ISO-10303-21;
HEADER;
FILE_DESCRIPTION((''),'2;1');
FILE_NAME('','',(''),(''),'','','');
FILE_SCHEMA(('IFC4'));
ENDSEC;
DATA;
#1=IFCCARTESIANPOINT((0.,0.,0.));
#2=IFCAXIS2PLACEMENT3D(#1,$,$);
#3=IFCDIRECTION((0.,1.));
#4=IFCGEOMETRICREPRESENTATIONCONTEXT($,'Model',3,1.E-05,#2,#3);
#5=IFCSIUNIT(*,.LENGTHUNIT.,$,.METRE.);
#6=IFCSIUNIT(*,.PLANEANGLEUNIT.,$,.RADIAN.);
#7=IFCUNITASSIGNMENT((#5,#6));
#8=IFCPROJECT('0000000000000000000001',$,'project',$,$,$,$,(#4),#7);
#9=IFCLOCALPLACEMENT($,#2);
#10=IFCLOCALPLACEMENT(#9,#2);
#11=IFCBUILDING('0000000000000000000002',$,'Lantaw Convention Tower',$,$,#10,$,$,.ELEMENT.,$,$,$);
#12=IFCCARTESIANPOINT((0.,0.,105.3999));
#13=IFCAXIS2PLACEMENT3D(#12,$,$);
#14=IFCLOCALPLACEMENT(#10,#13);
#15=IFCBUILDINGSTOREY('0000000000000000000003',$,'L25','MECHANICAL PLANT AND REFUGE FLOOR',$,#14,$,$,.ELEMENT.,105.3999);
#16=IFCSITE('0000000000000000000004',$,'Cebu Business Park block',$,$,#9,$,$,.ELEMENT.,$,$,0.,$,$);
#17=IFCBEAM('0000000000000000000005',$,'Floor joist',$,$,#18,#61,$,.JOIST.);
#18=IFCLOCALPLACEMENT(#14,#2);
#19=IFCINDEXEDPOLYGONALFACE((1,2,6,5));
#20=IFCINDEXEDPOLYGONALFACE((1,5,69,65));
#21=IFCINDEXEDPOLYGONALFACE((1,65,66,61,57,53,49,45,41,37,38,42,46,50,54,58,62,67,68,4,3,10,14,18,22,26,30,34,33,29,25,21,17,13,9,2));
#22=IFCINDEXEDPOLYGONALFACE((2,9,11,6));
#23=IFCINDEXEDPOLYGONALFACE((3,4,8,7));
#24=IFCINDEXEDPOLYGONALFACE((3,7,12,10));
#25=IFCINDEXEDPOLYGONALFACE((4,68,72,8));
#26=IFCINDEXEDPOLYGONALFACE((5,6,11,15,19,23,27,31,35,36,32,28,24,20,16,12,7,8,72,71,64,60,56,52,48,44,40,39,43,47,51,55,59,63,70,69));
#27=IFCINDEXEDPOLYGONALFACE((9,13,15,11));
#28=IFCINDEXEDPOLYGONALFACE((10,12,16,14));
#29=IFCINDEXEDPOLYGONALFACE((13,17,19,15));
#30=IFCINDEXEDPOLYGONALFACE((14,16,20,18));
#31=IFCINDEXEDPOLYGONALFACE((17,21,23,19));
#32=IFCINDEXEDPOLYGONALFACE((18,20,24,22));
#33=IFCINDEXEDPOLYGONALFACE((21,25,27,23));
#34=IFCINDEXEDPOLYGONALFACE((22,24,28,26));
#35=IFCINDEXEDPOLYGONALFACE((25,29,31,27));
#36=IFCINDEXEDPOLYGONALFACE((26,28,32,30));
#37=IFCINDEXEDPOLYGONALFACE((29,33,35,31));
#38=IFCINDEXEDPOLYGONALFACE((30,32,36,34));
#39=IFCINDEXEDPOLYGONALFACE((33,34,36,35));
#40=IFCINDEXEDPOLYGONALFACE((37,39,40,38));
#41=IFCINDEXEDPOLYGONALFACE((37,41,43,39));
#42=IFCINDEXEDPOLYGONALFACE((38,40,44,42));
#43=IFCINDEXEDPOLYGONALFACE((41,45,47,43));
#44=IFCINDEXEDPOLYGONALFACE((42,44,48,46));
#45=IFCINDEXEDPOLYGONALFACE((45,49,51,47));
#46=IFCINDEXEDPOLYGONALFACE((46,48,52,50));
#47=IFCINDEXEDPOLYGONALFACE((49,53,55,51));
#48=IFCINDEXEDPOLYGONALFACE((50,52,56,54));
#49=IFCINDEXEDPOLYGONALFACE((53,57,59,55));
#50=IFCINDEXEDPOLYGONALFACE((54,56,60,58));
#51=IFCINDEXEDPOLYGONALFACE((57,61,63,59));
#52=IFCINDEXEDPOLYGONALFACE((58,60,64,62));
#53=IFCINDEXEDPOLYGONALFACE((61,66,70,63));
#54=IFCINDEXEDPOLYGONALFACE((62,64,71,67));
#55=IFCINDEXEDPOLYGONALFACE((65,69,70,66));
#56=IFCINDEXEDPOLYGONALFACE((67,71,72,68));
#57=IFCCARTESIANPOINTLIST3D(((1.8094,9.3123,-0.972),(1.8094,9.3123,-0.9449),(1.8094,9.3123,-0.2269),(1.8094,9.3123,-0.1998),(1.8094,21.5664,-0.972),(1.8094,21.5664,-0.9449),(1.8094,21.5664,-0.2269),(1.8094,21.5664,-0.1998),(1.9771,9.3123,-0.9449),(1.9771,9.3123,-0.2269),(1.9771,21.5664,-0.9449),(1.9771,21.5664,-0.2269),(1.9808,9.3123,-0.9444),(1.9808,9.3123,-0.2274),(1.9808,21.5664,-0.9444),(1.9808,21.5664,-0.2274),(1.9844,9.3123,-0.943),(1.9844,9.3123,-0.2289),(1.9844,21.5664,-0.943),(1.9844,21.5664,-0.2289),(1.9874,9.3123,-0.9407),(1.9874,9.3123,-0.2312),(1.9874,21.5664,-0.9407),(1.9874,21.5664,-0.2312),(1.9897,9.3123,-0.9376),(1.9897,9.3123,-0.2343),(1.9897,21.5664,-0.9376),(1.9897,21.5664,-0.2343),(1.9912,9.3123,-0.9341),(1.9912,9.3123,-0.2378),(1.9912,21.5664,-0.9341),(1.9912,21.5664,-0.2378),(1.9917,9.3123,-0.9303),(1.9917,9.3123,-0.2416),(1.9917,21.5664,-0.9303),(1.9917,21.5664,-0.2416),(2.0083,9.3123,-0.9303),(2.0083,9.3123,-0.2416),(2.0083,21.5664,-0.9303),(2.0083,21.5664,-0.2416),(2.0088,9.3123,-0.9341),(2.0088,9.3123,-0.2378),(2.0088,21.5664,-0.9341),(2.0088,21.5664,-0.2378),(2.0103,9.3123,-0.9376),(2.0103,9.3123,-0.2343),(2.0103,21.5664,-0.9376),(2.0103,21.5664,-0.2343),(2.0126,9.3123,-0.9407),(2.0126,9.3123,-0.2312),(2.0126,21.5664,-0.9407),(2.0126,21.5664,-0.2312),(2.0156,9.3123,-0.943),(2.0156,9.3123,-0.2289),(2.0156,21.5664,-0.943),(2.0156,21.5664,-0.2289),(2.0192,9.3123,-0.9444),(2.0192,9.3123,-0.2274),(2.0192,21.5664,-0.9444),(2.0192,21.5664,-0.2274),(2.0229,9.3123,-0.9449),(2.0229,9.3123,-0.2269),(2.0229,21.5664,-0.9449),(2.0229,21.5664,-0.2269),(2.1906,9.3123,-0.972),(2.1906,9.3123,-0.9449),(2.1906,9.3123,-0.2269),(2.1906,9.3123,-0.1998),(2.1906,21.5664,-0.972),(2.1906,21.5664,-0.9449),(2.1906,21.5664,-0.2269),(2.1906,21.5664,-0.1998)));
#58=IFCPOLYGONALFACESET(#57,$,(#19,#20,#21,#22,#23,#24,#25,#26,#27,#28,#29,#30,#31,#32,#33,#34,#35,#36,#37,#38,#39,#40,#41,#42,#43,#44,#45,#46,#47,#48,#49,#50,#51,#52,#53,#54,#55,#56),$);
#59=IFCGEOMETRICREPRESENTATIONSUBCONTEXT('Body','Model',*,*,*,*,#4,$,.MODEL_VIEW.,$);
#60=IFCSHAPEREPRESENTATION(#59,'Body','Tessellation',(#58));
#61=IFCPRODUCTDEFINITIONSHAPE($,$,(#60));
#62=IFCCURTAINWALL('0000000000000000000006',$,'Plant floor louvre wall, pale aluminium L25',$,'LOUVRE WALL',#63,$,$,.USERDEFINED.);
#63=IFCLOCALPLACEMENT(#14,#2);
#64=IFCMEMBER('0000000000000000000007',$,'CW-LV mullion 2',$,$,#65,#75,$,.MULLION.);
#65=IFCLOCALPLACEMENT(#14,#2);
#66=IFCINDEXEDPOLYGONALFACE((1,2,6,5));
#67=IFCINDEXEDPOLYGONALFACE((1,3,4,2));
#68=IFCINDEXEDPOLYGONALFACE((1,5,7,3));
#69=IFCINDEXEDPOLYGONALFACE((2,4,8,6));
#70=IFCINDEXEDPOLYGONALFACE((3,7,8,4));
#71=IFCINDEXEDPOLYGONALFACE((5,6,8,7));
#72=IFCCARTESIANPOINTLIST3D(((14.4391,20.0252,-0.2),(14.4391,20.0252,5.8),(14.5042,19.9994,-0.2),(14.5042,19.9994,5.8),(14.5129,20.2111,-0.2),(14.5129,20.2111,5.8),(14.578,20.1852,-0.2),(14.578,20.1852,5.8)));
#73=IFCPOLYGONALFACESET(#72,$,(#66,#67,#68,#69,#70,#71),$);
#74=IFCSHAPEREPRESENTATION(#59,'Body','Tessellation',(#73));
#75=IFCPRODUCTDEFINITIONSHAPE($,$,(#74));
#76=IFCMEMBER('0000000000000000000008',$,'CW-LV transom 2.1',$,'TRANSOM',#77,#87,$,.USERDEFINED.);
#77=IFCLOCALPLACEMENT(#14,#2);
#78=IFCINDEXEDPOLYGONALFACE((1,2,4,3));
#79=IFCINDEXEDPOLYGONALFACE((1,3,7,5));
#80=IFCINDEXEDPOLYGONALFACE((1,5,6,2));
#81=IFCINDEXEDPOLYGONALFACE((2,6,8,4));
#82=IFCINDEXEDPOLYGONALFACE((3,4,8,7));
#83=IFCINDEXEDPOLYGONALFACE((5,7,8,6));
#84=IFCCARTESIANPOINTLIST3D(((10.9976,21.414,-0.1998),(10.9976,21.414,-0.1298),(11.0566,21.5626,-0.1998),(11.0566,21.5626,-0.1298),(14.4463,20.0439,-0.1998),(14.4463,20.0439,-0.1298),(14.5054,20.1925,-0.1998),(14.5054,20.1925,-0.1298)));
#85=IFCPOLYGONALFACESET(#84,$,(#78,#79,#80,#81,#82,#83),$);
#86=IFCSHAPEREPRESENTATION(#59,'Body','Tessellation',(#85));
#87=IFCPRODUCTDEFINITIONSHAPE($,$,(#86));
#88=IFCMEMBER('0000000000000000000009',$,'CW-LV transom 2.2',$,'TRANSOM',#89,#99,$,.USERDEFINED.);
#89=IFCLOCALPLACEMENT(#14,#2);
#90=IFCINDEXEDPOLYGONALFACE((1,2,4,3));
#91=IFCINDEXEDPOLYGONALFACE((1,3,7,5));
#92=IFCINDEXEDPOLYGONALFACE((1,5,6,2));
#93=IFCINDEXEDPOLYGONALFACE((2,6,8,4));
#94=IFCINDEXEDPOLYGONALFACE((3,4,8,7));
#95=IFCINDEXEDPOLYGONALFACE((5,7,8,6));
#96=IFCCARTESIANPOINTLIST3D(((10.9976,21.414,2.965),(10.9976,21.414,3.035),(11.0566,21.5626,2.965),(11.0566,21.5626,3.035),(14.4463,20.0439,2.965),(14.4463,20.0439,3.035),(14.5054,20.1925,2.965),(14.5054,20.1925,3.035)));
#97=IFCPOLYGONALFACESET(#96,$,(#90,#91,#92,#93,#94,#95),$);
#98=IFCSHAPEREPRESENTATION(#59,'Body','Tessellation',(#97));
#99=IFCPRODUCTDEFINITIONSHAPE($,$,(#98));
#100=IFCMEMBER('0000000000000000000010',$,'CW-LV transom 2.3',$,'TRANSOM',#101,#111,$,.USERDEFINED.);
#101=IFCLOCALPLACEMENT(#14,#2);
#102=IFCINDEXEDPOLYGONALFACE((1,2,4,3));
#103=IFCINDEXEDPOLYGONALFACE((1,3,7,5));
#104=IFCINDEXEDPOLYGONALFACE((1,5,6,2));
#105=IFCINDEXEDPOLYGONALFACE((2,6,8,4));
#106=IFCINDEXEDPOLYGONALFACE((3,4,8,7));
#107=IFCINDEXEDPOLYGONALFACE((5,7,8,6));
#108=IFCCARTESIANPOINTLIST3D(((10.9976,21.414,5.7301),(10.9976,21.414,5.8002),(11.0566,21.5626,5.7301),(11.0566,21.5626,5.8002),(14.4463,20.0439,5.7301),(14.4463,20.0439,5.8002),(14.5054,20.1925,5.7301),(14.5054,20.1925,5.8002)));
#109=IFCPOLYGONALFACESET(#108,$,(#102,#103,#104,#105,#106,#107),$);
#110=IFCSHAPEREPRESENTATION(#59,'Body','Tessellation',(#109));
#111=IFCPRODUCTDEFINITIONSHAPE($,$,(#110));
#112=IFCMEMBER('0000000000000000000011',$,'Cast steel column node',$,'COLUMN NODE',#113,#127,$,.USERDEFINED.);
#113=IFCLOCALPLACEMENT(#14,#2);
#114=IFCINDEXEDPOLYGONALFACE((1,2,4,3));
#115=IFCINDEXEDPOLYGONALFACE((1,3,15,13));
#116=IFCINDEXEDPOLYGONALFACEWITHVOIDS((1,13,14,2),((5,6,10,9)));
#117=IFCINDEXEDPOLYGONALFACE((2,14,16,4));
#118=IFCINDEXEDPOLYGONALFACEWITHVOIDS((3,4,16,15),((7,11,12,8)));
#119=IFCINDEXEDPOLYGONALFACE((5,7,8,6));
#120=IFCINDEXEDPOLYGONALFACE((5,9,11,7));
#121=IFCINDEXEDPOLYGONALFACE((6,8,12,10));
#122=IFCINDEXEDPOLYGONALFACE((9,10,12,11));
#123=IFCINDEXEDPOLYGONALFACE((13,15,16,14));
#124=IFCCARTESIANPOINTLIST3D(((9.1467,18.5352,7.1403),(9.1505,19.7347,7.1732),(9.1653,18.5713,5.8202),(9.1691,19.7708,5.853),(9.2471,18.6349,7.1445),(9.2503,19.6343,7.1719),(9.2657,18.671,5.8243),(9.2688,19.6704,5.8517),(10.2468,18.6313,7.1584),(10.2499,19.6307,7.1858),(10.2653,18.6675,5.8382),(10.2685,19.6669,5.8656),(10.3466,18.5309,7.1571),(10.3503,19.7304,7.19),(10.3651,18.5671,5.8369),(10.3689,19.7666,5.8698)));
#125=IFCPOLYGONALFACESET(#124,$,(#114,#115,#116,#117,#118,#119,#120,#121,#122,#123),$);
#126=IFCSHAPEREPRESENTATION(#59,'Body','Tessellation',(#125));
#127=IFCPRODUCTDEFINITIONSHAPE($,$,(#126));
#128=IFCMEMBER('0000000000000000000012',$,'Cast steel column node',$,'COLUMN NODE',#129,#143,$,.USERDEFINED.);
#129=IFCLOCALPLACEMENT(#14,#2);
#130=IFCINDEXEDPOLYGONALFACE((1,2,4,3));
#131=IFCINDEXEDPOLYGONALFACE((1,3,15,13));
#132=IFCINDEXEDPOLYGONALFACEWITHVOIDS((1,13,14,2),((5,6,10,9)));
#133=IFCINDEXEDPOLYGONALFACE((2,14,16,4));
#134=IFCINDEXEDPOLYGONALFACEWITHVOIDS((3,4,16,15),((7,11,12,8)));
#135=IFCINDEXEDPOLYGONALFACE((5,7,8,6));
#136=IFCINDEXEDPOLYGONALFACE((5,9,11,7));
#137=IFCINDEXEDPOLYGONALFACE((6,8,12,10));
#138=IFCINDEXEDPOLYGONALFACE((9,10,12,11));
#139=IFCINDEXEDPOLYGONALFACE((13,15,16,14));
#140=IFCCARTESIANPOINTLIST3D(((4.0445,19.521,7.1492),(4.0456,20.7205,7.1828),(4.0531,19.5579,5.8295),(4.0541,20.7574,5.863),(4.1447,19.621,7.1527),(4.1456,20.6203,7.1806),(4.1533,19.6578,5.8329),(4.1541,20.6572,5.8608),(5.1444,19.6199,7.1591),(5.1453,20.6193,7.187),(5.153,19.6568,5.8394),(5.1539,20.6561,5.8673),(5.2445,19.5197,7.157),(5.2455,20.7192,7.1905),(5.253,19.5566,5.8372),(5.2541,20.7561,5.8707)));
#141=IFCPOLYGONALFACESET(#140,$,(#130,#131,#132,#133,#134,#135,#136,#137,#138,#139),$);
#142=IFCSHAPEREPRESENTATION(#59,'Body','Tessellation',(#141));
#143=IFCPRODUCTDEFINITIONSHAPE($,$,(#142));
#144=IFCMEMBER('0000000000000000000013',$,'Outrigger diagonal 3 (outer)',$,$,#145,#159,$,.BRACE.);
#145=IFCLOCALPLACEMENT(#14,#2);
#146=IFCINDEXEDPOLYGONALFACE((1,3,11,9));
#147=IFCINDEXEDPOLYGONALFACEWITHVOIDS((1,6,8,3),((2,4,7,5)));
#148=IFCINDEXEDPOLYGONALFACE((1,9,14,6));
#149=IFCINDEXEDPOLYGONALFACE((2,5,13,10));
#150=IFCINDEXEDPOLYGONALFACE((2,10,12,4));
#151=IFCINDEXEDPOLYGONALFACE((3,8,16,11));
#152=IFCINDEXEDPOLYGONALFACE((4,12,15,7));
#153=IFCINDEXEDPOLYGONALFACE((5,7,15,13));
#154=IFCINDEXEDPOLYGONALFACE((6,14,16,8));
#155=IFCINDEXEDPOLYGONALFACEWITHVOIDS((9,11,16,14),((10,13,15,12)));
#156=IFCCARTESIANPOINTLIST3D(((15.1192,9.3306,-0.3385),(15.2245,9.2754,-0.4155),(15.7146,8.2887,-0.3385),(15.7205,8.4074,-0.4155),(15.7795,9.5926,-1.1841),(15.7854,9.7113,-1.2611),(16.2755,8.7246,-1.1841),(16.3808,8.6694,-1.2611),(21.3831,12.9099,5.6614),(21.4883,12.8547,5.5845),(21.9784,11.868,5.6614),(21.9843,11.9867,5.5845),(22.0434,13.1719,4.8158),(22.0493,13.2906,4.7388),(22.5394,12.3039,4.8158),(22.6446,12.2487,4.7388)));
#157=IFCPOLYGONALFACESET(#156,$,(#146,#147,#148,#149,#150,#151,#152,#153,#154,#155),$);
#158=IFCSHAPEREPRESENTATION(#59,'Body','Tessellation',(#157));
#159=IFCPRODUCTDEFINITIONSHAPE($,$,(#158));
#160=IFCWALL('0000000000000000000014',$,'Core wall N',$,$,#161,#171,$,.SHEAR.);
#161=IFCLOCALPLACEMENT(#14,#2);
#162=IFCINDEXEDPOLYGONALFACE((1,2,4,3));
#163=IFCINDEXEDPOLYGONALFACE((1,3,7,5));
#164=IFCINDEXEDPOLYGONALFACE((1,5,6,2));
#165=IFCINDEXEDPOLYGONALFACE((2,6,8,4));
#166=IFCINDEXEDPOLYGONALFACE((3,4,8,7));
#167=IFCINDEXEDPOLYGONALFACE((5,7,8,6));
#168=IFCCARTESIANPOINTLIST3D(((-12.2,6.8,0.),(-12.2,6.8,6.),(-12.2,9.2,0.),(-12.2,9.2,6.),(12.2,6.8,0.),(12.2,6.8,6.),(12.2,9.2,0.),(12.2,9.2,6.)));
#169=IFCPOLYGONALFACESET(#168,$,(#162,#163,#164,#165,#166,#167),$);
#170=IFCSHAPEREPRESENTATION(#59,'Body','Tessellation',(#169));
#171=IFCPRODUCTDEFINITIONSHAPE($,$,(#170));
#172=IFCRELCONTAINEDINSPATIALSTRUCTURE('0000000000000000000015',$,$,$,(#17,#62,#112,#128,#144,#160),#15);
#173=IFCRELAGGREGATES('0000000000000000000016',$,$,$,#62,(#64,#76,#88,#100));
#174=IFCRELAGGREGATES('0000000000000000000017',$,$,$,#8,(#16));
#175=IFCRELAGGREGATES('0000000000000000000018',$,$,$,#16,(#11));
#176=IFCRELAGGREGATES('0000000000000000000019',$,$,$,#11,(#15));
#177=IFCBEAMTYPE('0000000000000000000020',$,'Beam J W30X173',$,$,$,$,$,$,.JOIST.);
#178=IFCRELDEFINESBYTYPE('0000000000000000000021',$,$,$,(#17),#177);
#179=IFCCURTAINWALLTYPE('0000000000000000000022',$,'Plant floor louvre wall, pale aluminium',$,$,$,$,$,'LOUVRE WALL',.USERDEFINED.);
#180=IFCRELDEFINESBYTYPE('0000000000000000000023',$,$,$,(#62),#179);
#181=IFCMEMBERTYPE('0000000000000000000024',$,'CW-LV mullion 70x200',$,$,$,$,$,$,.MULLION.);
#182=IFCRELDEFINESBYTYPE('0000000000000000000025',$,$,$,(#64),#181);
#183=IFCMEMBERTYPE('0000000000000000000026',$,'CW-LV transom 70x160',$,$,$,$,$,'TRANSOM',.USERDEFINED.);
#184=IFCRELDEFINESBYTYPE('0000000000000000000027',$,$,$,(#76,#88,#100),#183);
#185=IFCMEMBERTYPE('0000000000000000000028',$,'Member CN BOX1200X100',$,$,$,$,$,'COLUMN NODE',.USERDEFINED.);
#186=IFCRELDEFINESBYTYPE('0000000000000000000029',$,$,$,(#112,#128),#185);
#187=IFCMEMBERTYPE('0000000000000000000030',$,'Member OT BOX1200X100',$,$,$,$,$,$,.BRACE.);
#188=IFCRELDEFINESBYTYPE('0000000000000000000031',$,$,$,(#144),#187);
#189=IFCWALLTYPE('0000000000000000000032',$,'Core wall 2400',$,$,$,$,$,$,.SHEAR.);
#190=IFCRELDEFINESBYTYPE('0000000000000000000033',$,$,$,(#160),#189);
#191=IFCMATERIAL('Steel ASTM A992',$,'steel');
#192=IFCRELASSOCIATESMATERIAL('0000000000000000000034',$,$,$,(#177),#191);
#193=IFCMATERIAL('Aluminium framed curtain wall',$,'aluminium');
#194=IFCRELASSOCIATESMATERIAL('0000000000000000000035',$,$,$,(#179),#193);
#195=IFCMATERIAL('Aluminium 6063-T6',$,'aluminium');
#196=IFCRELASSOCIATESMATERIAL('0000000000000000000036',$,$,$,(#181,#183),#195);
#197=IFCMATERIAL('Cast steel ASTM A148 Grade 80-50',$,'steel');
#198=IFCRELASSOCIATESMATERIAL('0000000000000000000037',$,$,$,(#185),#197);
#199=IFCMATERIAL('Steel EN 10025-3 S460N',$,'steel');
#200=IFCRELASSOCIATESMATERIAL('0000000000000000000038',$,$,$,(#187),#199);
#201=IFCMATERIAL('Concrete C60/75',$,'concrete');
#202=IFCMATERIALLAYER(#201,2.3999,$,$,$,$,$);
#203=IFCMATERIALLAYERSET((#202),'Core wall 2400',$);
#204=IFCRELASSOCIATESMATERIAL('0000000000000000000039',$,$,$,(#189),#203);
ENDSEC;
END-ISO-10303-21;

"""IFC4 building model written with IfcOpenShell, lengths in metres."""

from ifc_helpers import new_model, si_unit, direction, frame, frame_2d, origin, origin_2d, place, context, subcontext, project, spatial, rectangle, hollow_rectangle, i_section, extrude, material, layer, layer_set, material_profile, profile_set, type_object, element, aggregate, save


model = new_model("IFC4")

# Units and contexts
model_context = context("Model", 3, precision=1e-05, world=origin(), true_north=direction((0.0, 1.0)))
body_context = subcontext(model_context, "Body", "Model", "MODEL_VIEW")
ifc_project = project(units=[si_unit("LENGTHUNIT", "METRE"), si_unit("PLANEANGLEUNIT", "RADIAN")], contexts=[model_context])

# Site, building, storey
site_placement = place(None, origin())
site = spatial("IfcSite", under=ifc_project, at=site_placement, Name="Cebu Business Park block", CompositionType="ELEMENT", RefElevation=0.0)
building_placement = place(site_placement, origin())
building = spatial("IfcBuilding", under=site, at=building_placement, Name="Lantaw Convention Tower", CompositionType="ELEMENT")
storey_placement = place(building_placement, frame((0.0, 0.0, 105.3999)))
storey = spatial("IfcBuildingStorey", under=building, at=storey_placement, Name="L25", Description="MECHANICAL PLANT AND REFUGE FLOOR", CompositionType="ELEMENT", Elevation=105.3999)

# Shared definitions
ifc_material_1 = material(Name="Steel EN 10025-3 S460N", Category="steel")
ifc_material_2 = material(Name="Concrete C60/75", Category="concrete")

# Beam
ifc_material_3 = material(Name="Steel ASTM A992", Category="steel")
ifc_material_profile_1 = material_profile(ifc_material_3, i_section(OverallWidth=0.3811, OverallDepth=0.7722, WebThickness=0.0166, FlangeThickness=0.0271, FilletRadius=0.0146, at=origin_2d()), Name="W30X173")
ifc_profile_set_1 = profile_set([ifc_material_profile_1], Name="Steel ASTM A992")
beam_type_1 = type_object("IfcBeamType", Name="Beam J W30X173", PredefinedType="JOIST", material=ifc_profile_set_1)
beam_1_placement = place(storey_placement, frame((2.0, 9.3123, -0.5859), z_axis=(0.0, 1.0, 0.0), x_axis=(-1.0, 0.0, 0.0)))
element("IfcBeam", 1, at=beam_1_placement, inside=storey, type_object=beam_type_1, Name="Floor joist", PredefinedType="JOIST", context=body_context, shape_type="SweptSolid", body=[
    extrude(i_section(OverallWidth=0.3811, OverallDepth=0.7722, WebThickness=0.0166, FlangeThickness=0.0271, FilletRadius=0.0146, at=origin_2d()), origin(), (0.0, 0.0, 1.0), 12.2542),
])

# Curtain wall, members
ifc_material_4 = material(Name="Aluminium framed curtain wall", Category="aluminium")
curtain_wall_type = type_object("IfcCurtainWallType", Name="Plant floor louvre wall, pale aluminium", ElementType="LOUVRE WALL", PredefinedType="USERDEFINED", material=ifc_material_4)
curtain_wall_placement = place(storey_placement, origin())
curtain_wall = element("IfcCurtainWall", 2, at=curtain_wall_placement, inside=storey, type_object=curtain_wall_type, Name="Plant floor louvre wall, pale aluminium L25", ObjectType="LOUVRE WALL", PredefinedType="USERDEFINED")
ifc_material_5 = material(Name="Aluminium 6063-T6", Category="aluminium")
ifc_material_profile_2 = material_profile(ifc_material_5, rectangle(XDim=0.2, YDim=0.0701, at=origin_2d()), Name="CW-LV mullion 70x200")
ifc_profile_set_2 = profile_set([ifc_material_profile_2], Name="Aluminium 6063-T6")
member_type_1 = type_object("IfcMemberType", Name="CW-LV mullion 70x200", PredefinedType="MULLION", material=ifc_profile_set_2)
member_1_placement = place(storey_placement, frame((14.5085, 20.1052, -0.2), z_axis=(0.0, 0.0, 1.0), x_axis=(-0.369172, -0.929361, 0.0)))
member_1 = element("IfcMember", 3, at=member_1_placement, type_object=member_type_1, Name="CW-LV mullion 2", PredefinedType="MULLION", context=body_context, shape_type="SweptSolid", body=[
    extrude(rectangle(XDim=0.2, YDim=0.0701, at=origin_2d()), origin(), (0.0, 0.0, 1.0), 6.0),
])
ifc_material_profile_3 = material_profile(ifc_material_5, rectangle(XDim=0.1599, YDim=0.0701, at=origin_2d()), Name="CW-LV transom 70x160")
ifc_profile_set_3 = profile_set([ifc_material_profile_3], Name="Aluminium 6063-T6")
member_type_2 = type_object("IfcMemberType", Name="CW-LV transom 70x160", ElementType="TRANSOM", PredefinedType="USERDEFINED", material=ifc_profile_set_3)
member_2_placement = place(storey_placement, frame((14.4758, 20.1182, -0.1648), z_axis=(-0.929345, 0.369212, 0.0), x_axis=(-0.369212, -0.929345, 0.0)))
member_2 = element("IfcMember", 4, at=member_2_placement, type_object=member_type_2, Name="CW-LV transom 2.1", ObjectType="TRANSOM", PredefinedType="USERDEFINED", context=body_context, shape_type="SweptSolid", body=[
    extrude(rectangle(XDim=0.1599, YDim=0.0701, at=origin_2d()), origin(), (0.0, 0.0, 1.0), 3.7109),
])
member_3_placement = place(storey_placement, frame((14.4758, 20.1182, 3.0), z_axis=(-0.929345, 0.369212, 0.0), x_axis=(-0.369212, -0.929345, 0.0)))
member_3 = element("IfcMember", 5, at=member_3_placement, type_object=member_type_2, Name="CW-LV transom 2.2", ObjectType="TRANSOM", PredefinedType="USERDEFINED", context=body_context, shape_type="SweptSolid", body=[
    extrude(rectangle(XDim=0.1599, YDim=0.0701, at=origin_2d()), origin(), (0.0, 0.0, 1.0), 3.7109),
])
member_4_placement = place(storey_placement, frame((14.4758, 20.1182, 5.7651), z_axis=(-0.929345, 0.369212, 0.0), x_axis=(-0.369212, -0.929345, 0.0)))
member_4 = element("IfcMember", 6, at=member_4_placement, type_object=member_type_2, Name="CW-LV transom 2.3", ObjectType="TRANSOM", PredefinedType="USERDEFINED", context=body_context, shape_type="SweptSolid", body=[
    extrude(rectangle(XDim=0.1599, YDim=0.0701, at=origin_2d()), origin(), (0.0, 0.0, 1.0), 3.7109),
])
aggregate(curtain_wall, [member_1, member_2, member_3, member_4])

# Members
ifc_material_6 = material(Name="Cast steel ASTM A148 Grade 80-50", Category="steel")
ifc_material_profile_4 = material_profile(ifc_material_6, hollow_rectangle(XDim=1.2, YDim=1.2, WallThickness=0.1001, at=origin_2d()), Name="BOX1200X100")
ifc_profile_set_4 = profile_set([ifc_material_profile_4], Name="Cast steel ASTM A148 Grade 80-50")
member_type_3 = type_object("IfcMemberType", Name="Member CN BOX1200X100", ElementType="COLUMN NODE", PredefinedType="USERDEFINED", material=ifc_profile_set_4)
member_5_placement = place(storey_placement, frame((9.7671, 19.1689, 5.845), z_axis=(-0.014049, -0.027359, 0.999527), x_axis=(0.999896, -0.003545, 0.013957)))
element("IfcMember", 7, at=member_5_placement, inside=storey, type_object=member_type_3, Name="Cast steel column node", ObjectType="COLUMN NODE", PredefinedType="USERDEFINED", context=body_context, shape_type="SweptSolid", body=[
    extrude(hollow_rectangle(XDim=1.2, YDim=1.2, WallThickness=0.1001, at=origin_2d()), origin(), (0.0, 0.0, 1.0), 1.3208),
])
member_6_placement = place(storey_placement, frame((4.6536, 20.157, 5.8501), z_axis=(-0.006472, -0.02792, 0.999589), x_axis=(0.999979, -0.001061, 0.006445)))
element("IfcMember", 8, at=member_6_placement, inside=storey, type_object=member_type_3, Name="Cast steel column node", ObjectType="COLUMN NODE", PredefinedType="USERDEFINED", context=body_context, shape_type="SweptSolid", body=[
    extrude(hollow_rectangle(XDim=1.2, YDim=1.2, WallThickness=0.1001, at=origin_2d()), origin(), (0.0, 0.0, 1.0), 1.3203),
])
ifc_material_profile_5 = material_profile(ifc_material_1, hollow_rectangle(XDim=1.2, YDim=1.2, WallThickness=0.1001, at=origin_2d()), Name="BOX1200X100")
ifc_profile_set_5 = profile_set([ifc_material_profile_5], Name="Steel EN 10025-3 S460N")
member_type_4 = type_object("IfcMemberType", Name="Member OT BOX1200X100", PredefinedType="BRACE", material=ifc_profile_set_5)
member_7_placement = place(storey_placement, frame((15.75, 9.0, -0.7998), z_axis=(0.667552, 0.381455, 0.639426), x_axis=(-0.496135, 0.868245, 0.0)))
element("IfcMember", 9, at=member_7_placement, inside=storey, type_object=member_type_4, Name="Outrigger diagonal 3 (outer)", PredefinedType="BRACE", context=body_context, shape_type="SweptSolid", body=[
    extrude(hollow_rectangle(XDim=1.2, YDim=1.2, WallThickness=0.1001, at=origin_2d()), origin(), (0.0, 0.0, 1.0), 9.3833),
])

# Wall
ifc_layer_1 = layer(ifc_material_2, 2.3999)
ifc_layer_set_1 = layer_set([ifc_layer_1], Name="Core wall 2400")
wall_type_1 = type_object("IfcWallType", Name="Core wall 2400", PredefinedType="SHEAR", material=ifc_layer_set_1)
wall_1_placement = place(storey_placement, frame((12.2, 8.0, 0.0), z_axis=(0.0, 0.0, 1.0), x_axis=(-1.0, 0.0, 0.0)))
element("IfcWall", 10, at=wall_1_placement, inside=storey, type_object=wall_type_1, Name="Core wall N", PredefinedType="SHEAR", context=body_context, shape_type="SweptSolid", body=[
    extrude(rectangle(XDim=24.3999, YDim=2.3999, at=frame_2d((12.2, 0.0))), origin(), (0.0, 0.0, 1.0), 6.0),
])

save(model, "model.ifc")
